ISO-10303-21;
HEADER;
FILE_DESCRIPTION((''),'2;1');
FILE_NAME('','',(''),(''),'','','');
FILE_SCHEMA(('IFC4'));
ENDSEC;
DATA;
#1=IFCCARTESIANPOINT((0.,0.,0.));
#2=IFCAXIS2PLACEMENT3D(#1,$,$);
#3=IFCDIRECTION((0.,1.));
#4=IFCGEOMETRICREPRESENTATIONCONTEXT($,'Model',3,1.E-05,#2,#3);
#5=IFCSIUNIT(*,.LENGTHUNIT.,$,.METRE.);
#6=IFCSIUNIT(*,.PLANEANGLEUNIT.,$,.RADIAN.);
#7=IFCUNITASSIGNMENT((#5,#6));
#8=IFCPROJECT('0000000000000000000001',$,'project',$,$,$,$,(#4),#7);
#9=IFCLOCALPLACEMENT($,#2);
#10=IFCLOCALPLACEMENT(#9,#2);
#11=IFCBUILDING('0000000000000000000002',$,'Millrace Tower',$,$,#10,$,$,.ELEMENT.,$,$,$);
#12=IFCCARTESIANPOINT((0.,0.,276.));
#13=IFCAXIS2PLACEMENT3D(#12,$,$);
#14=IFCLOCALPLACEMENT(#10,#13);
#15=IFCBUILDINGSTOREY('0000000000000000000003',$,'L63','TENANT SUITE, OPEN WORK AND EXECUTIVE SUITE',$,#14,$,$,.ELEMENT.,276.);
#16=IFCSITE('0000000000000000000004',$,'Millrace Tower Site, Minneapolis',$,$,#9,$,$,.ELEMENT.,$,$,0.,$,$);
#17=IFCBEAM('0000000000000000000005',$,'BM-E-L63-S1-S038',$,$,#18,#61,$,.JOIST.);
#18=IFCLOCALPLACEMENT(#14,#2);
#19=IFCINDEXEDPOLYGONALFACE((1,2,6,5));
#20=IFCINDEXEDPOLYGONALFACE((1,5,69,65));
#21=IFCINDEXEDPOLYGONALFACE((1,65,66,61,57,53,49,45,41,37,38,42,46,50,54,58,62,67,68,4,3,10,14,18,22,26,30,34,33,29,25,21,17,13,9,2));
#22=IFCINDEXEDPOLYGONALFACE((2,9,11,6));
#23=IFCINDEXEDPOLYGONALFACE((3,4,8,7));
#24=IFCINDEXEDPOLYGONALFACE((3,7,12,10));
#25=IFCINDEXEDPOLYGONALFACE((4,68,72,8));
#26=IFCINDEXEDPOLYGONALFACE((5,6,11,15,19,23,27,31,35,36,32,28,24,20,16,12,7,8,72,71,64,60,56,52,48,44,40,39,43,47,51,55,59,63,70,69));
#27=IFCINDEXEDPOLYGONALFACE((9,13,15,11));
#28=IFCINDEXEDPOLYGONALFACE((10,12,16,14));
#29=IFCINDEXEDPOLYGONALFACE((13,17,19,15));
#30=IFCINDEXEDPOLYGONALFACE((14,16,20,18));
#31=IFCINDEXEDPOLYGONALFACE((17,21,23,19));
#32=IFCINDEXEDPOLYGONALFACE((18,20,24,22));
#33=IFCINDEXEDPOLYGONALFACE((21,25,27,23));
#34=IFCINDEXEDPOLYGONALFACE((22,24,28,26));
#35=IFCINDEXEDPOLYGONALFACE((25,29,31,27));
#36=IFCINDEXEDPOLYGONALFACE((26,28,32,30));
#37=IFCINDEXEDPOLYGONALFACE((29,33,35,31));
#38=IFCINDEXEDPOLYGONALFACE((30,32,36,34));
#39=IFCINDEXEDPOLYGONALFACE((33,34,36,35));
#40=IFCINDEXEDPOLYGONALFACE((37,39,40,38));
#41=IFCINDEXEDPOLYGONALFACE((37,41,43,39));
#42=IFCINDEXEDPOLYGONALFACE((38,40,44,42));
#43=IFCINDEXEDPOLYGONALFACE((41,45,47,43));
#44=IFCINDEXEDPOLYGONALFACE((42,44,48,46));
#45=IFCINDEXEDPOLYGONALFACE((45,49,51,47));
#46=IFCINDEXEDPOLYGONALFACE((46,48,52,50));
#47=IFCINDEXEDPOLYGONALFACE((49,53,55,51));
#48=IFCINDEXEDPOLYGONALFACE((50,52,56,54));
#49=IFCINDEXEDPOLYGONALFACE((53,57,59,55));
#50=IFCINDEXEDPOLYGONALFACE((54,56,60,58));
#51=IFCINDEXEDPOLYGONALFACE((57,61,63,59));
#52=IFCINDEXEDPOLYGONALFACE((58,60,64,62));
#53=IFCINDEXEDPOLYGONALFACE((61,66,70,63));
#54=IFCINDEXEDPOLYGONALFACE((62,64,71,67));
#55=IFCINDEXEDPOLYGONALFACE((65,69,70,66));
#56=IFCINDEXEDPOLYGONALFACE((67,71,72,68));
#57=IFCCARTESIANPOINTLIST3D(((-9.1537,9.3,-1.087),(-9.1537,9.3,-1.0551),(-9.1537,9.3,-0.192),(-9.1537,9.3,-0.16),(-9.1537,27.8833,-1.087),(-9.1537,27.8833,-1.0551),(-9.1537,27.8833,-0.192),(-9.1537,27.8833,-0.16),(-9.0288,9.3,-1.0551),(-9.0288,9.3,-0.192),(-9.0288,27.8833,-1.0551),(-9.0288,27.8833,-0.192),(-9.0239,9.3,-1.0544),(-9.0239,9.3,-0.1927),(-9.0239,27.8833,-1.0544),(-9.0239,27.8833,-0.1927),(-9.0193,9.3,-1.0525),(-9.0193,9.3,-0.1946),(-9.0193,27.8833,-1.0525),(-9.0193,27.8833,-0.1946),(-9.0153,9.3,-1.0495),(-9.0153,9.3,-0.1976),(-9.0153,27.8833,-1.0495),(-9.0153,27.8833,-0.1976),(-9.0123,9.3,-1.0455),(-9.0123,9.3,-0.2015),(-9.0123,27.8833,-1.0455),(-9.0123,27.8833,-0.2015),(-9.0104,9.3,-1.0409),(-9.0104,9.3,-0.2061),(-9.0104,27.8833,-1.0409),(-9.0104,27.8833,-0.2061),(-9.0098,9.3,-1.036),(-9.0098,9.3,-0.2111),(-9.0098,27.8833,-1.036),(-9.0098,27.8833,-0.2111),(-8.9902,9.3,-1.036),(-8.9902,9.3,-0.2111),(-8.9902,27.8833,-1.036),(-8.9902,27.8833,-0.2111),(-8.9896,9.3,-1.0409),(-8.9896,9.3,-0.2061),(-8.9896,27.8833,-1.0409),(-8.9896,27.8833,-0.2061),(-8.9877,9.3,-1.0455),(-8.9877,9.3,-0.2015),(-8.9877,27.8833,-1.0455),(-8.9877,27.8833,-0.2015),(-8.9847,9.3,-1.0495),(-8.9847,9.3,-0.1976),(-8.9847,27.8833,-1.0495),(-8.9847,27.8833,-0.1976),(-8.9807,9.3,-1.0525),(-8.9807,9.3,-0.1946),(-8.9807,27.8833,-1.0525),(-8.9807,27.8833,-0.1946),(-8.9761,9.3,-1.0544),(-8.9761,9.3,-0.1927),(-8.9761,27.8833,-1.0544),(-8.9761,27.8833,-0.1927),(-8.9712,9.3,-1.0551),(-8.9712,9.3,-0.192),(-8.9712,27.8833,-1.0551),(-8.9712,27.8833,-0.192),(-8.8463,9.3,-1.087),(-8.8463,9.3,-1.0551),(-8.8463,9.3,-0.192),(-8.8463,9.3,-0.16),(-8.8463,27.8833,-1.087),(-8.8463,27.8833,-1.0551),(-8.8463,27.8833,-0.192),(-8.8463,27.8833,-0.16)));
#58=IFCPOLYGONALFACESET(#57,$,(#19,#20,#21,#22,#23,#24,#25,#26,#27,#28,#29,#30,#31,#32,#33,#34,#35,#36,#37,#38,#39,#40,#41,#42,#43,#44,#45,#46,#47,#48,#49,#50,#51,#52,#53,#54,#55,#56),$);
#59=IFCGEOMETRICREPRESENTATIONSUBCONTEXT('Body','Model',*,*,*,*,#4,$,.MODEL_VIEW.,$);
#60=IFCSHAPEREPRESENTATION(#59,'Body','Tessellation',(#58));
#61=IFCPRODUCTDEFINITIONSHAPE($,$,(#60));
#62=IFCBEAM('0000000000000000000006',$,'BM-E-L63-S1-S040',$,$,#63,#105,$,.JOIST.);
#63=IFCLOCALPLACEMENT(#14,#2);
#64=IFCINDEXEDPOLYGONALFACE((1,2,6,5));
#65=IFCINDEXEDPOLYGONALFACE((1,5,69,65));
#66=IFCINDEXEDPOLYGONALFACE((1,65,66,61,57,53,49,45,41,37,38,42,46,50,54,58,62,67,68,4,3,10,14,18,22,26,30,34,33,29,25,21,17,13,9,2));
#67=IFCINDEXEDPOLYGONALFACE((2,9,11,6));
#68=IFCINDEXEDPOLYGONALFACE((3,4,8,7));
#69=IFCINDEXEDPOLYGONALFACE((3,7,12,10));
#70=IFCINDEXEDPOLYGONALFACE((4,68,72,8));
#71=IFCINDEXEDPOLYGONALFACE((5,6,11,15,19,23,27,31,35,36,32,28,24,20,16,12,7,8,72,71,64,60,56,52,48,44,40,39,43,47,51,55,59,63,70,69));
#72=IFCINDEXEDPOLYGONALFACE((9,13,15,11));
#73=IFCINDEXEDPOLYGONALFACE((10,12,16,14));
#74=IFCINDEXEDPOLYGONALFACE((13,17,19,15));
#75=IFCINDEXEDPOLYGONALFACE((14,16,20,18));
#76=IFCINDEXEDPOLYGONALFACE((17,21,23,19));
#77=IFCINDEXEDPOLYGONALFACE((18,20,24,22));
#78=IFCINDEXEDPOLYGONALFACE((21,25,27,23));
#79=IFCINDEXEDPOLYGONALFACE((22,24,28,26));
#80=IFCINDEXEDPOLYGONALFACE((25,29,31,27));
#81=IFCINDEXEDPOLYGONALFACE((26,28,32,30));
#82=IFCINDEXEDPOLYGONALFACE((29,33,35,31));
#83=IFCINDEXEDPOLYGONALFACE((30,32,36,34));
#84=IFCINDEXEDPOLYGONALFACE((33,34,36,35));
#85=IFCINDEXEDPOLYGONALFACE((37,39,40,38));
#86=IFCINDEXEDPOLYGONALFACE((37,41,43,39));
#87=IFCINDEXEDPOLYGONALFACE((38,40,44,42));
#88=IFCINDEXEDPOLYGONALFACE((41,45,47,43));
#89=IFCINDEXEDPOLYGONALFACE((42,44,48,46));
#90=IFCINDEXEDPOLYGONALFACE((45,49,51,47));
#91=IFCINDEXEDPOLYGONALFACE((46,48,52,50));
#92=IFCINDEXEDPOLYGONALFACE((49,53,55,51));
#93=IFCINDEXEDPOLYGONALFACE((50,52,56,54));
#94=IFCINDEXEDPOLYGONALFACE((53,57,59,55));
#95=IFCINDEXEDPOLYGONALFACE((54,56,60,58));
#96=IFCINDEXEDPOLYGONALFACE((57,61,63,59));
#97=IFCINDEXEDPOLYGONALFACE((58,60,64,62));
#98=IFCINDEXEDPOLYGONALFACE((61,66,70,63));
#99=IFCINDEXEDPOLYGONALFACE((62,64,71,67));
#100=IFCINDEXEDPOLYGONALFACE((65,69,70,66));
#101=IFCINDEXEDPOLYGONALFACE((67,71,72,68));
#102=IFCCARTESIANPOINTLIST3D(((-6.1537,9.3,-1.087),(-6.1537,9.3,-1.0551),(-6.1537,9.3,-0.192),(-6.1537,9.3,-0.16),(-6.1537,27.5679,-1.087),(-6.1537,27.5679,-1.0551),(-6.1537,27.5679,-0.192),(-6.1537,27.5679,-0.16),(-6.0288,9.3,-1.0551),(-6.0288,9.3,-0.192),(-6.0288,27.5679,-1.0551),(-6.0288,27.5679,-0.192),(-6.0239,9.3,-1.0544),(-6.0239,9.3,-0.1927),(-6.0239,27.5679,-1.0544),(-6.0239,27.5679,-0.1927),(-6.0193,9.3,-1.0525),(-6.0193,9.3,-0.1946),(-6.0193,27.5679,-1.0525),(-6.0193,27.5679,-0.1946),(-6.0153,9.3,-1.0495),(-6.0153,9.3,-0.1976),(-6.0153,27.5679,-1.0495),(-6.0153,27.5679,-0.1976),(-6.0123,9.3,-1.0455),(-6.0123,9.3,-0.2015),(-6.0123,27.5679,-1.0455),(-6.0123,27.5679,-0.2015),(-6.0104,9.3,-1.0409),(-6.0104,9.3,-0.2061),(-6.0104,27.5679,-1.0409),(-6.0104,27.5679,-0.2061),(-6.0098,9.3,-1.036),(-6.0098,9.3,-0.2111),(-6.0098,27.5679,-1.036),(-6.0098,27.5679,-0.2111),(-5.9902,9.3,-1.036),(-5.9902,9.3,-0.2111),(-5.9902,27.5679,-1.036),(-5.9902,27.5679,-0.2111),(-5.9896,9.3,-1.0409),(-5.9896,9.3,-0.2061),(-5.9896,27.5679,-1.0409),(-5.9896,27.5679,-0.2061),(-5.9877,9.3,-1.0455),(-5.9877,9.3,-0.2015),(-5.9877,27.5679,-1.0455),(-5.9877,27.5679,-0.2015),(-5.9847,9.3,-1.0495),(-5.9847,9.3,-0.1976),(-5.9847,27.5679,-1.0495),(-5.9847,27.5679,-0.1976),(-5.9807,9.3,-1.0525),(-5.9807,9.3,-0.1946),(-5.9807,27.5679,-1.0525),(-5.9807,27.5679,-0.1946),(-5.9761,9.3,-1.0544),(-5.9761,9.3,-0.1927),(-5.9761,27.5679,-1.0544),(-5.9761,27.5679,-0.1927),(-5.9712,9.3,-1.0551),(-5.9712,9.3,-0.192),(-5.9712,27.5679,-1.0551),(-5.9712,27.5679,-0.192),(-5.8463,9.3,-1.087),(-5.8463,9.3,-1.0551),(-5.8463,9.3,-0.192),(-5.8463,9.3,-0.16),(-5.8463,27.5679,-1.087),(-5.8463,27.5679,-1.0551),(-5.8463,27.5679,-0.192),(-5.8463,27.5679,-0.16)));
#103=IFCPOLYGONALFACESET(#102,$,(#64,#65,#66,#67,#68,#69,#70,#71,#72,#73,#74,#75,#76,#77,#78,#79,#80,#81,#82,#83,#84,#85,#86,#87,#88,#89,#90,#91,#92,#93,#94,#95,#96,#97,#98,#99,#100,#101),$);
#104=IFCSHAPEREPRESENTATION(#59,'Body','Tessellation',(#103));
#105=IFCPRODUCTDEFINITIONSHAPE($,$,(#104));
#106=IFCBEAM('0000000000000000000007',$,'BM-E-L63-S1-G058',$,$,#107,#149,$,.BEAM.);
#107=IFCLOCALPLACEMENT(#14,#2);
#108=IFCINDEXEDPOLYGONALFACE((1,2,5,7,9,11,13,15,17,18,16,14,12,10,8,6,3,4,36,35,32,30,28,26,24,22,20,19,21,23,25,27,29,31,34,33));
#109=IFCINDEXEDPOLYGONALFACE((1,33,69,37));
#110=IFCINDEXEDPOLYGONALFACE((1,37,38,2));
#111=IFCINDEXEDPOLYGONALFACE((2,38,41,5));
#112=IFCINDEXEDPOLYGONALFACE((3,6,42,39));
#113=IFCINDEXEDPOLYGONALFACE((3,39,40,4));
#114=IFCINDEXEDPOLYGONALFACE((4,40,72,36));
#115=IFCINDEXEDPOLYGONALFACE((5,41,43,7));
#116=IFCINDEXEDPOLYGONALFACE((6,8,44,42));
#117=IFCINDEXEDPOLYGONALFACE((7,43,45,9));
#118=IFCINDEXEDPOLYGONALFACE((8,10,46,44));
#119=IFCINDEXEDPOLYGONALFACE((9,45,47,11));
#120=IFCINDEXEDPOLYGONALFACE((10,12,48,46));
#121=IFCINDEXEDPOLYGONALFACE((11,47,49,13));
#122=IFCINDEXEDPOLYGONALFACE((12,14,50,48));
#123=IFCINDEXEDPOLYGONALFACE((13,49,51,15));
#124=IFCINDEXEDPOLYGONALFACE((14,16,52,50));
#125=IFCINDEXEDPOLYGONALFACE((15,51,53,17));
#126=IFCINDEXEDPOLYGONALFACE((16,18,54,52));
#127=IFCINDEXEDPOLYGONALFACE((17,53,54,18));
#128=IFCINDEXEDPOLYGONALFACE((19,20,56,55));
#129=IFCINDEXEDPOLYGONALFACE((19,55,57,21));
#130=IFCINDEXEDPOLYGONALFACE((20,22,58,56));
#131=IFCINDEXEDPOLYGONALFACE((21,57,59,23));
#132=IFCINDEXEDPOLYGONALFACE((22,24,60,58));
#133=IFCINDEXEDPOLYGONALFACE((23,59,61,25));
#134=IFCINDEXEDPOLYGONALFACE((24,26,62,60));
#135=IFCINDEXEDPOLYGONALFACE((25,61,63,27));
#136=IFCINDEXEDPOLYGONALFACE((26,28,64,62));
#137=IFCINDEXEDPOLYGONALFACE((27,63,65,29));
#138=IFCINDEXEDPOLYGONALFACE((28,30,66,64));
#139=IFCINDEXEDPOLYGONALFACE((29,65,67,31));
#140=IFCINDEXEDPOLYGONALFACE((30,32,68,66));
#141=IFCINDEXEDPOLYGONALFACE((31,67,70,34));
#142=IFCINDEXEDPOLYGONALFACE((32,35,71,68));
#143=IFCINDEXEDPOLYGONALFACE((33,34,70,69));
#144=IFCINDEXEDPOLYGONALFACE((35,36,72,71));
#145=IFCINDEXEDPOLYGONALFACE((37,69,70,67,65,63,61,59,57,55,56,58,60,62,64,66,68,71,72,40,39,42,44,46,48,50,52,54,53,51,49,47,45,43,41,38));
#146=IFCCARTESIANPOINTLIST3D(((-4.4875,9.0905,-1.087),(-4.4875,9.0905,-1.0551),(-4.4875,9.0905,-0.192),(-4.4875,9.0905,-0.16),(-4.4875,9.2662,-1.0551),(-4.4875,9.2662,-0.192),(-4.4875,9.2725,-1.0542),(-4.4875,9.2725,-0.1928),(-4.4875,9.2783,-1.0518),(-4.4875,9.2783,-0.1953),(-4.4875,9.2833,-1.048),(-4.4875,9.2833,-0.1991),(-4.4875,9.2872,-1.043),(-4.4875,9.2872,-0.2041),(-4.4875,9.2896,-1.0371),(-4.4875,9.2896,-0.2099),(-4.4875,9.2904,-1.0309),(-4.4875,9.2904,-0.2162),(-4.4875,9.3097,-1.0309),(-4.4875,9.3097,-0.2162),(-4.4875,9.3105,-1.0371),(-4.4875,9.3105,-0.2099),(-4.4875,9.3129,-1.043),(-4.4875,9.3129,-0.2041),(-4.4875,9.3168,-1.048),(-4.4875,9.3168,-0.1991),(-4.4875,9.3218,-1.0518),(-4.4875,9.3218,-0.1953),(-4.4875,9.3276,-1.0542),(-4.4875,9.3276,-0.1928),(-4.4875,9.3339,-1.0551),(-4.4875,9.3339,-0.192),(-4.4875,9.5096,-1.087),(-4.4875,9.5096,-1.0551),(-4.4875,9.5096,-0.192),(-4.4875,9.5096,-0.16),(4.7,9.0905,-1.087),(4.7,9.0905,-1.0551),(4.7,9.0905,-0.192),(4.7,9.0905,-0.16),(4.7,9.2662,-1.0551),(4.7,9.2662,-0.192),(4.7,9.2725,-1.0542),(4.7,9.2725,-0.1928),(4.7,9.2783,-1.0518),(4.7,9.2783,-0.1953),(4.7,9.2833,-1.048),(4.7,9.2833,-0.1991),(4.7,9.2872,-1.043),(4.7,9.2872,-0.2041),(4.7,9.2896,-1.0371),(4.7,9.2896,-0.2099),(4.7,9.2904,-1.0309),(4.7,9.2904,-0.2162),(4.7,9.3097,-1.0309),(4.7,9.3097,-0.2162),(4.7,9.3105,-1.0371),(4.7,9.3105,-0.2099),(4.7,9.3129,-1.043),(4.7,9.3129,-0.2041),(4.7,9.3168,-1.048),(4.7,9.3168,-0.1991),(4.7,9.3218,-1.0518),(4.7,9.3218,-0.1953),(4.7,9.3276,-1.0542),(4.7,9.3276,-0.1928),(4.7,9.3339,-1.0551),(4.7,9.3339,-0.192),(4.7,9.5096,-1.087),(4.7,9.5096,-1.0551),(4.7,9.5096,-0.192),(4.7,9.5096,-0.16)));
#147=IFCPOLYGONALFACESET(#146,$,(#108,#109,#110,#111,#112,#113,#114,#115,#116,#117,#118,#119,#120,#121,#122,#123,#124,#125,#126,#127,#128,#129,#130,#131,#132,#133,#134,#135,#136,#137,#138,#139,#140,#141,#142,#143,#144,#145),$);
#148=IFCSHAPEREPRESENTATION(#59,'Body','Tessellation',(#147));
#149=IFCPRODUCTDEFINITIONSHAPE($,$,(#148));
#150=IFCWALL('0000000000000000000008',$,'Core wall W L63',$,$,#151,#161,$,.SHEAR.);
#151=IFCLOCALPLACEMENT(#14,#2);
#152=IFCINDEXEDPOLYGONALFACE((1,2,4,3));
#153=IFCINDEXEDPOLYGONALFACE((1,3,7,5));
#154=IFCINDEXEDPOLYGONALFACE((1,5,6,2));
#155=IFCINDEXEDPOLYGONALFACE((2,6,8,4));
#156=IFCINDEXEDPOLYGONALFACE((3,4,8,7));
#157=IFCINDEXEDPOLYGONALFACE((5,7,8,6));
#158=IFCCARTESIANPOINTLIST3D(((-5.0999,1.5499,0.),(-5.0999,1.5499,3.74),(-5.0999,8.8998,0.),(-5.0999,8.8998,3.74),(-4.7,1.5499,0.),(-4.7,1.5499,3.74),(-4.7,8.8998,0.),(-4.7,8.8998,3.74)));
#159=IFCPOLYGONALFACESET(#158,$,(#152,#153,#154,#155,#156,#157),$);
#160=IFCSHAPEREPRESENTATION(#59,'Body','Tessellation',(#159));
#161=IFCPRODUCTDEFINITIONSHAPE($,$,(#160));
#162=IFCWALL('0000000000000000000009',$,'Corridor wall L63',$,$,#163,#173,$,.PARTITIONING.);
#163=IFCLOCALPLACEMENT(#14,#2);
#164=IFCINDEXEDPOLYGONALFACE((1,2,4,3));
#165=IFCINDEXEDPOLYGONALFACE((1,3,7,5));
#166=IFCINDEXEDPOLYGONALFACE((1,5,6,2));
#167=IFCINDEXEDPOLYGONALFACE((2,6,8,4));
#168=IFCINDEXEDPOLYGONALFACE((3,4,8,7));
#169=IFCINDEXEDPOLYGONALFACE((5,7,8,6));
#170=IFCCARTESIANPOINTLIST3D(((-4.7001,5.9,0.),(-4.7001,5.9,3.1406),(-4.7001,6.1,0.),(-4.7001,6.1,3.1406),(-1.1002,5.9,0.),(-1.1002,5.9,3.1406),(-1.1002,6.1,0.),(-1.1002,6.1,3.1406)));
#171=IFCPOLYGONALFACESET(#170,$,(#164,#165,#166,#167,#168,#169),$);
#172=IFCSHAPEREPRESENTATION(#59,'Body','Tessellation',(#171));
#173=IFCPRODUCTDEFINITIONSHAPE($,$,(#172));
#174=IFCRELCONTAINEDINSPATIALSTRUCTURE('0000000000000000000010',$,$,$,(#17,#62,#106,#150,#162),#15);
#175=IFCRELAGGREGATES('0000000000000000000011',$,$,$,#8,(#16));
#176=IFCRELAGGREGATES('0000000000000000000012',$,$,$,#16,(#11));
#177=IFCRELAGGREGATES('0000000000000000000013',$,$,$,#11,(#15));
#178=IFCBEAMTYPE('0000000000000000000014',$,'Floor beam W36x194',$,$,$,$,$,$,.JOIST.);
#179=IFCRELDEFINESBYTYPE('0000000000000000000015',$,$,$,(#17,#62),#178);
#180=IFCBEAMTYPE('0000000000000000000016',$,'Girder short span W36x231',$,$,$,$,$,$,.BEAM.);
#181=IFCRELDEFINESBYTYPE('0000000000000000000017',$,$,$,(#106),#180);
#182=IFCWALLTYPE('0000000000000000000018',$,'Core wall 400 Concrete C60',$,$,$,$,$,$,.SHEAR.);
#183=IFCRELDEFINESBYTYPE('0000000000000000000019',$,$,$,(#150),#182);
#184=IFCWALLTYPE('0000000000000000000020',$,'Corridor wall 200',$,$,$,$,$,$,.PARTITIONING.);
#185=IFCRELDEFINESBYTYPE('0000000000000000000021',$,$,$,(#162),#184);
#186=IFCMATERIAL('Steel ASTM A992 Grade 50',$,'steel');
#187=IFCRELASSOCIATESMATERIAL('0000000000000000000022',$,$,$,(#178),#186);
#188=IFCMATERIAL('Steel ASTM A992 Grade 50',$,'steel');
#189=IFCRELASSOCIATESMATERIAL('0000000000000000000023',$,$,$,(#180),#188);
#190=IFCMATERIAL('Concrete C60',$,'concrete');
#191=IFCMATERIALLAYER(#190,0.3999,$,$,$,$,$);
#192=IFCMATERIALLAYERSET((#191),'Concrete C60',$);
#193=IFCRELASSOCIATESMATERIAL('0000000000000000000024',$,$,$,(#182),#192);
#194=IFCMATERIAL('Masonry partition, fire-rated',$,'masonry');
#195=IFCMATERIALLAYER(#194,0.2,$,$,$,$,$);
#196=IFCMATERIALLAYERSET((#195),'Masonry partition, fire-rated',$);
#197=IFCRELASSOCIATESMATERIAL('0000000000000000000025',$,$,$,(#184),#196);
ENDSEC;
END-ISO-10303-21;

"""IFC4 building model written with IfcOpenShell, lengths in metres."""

from ifc_helpers import new_model, si_unit, direction, frame, frame_2d, origin, origin_2d, place, context, subcontext, project, spatial, rectangle, i_section, extrude, material, layer, layer_set, material_profile, profile_set, type_object, element, save


model = new_model("IFC4")

# Units and contexts
model_context = context("Model", 3, precision=1e-05, world=origin(), true_north=direction((0.0, 1.0)))
body_context = subcontext(model_context, "Body", "Model", "MODEL_VIEW")
ifc_project = project(units=[si_unit("LENGTHUNIT", "METRE"), si_unit("PLANEANGLEUNIT", "RADIAN")], contexts=[model_context])

# Site, building, storey
site_placement = place(None, origin())
site = spatial("IfcSite", under=ifc_project, at=site_placement, Name="Millrace Tower Site, Minneapolis", CompositionType="ELEMENT", RefElevation=0.0)
building_placement = place(site_placement, origin())
building = spatial("IfcBuilding", under=site, at=building_placement, Name="Millrace Tower", CompositionType="ELEMENT")
storey_placement = place(building_placement, frame((0.0, 0.0, 276.0)))
storey = spatial("IfcBuildingStorey", under=building, at=storey_placement, Name="L63", Description="TENANT SUITE, OPEN WORK AND EXECUTIVE SUITE", CompositionType="ELEMENT", Elevation=276.0)

# Beams
ifc_material_1 = material(Name="Steel ASTM A992 Grade 50", Category="steel")
ifc_material_profile_1 = material_profile(ifc_material_1, i_section(OverallWidth=0.3074, OverallDepth=0.927, WebThickness=0.0195, FlangeThickness=0.032, FilletRadius=0.019, at=origin_2d()))
ifc_profile_set_1 = profile_set([ifc_material_profile_1], Name="Steel ASTM A992 Grade 50")
beam_type_1 = type_object("IfcBeamType", Name="Floor beam W36x194", PredefinedType="JOIST", material=ifc_profile_set_1)
beam_1_placement = place(storey_placement, frame((-9.0, 9.3, -0.6235), z_axis=(0.0, 1.0, 0.0), x_axis=(-1.0, 0.0, 0.0)))
element("IfcBeam", 1, at=beam_1_placement, inside=storey, type_object=beam_type_1, Name="BM-E-L63-S1-S038", PredefinedType="JOIST", context=body_context, shape_type="SweptSolid", body=[
    extrude(i_section(OverallWidth=0.3074, OverallDepth=0.927, WebThickness=0.0195, FlangeThickness=0.032, FilletRadius=0.019, at=origin_2d()), origin(), (0.0, 0.0, 1.0), 18.5833),
])
beam_2_placement = place(storey_placement, frame((-6.0, 9.3, -0.6235), z_axis=(0.0, 1.0, 0.0), x_axis=(-1.0, 0.0, 0.0)))
element("IfcBeam", 2, at=beam_2_placement, inside=storey, type_object=beam_type_1, Name="BM-E-L63-S1-S040", PredefinedType="JOIST", context=body_context, shape_type="SweptSolid", body=[
    extrude(i_section(OverallWidth=0.3074, OverallDepth=0.927, WebThickness=0.0195, FlangeThickness=0.032, FilletRadius=0.019, at=origin_2d()), origin(), (0.0, 0.0, 1.0), 18.2678),
])
ifc_material_2 = material(Name="Steel ASTM A992 Grade 50", Category="steel")
ifc_material_profile_2 = material_profile(ifc_material_2, i_section(OverallWidth=0.4192, OverallDepth=0.927, WebThickness=0.0193, FlangeThickness=0.032, FilletRadius=0.0242, at=origin_2d()))
ifc_profile_set_2 = profile_set([ifc_material_profile_2], Name="Steel ASTM A992 Grade 50")
beam_type_2 = type_object("IfcBeamType", Name="Girder short span W36x231", PredefinedType="BEAM", material=ifc_profile_set_2)
beam_3_placement = place(storey_placement, frame((-4.4875, 9.3, -0.6235), z_axis=(1.0, 0.0, 0.0), x_axis=(0.0, 1.0, 0.0)))
element("IfcBeam", 3, at=beam_3_placement, inside=storey, type_object=beam_type_2, Name="BM-E-L63-S1-G058", PredefinedType="BEAM", context=body_context, shape_type="SweptSolid", body=[
    extrude(i_section(OverallWidth=0.4192, OverallDepth=0.927, WebThickness=0.0193, FlangeThickness=0.032, FilletRadius=0.0242, at=origin_2d()), origin(), (0.0, 0.0, 1.0), 9.1875),
])

# Walls
ifc_material_3 = material(Name="Concrete C60", Category="concrete")
ifc_layer_1 = layer(ifc_material_3, 0.3999)
ifc_layer_set_1 = layer_set([ifc_layer_1], Name="Concrete C60")
wall_type_1 = type_object("IfcWallType", Name="Core wall 400 Concrete C60", PredefinedType="SHEAR", material=ifc_layer_set_1)
wall_1_placement = place(storey_placement, frame((-4.8999, 1.55, 0.0), z_axis=(0.0, 0.0, 1.0), x_axis=(0.0, 1.0, 0.0)))
element("IfcWall", 4, at=wall_1_placement, inside=storey, type_object=wall_type_1, Name="Core wall W L63", PredefinedType="SHEAR", context=body_context, shape_type="SweptSolid", body=[
    extrude(rectangle(XDim=7.3499, YDim=0.3999, at=frame_2d((3.6748, 0.0))), origin(), (0.0, 0.0, 1.0), 3.74),
])
ifc_material_4 = material(Name="Masonry partition, fire-rated", Category="masonry")
ifc_layer_2 = layer(ifc_material_4, 0.2)
ifc_layer_set_2 = layer_set([ifc_layer_2], Name="Masonry partition, fire-rated")
wall_type_2 = type_object("IfcWallType", Name="Corridor wall 200", PredefinedType="PARTITIONING", material=ifc_layer_set_2)
wall_2_placement = place(storey_placement, frame((-4.7, 6.0, 0.0), z_axis=(0.0, 0.0, 1.0), x_axis=(1.0, 0.0, 0.0)))
element("IfcWall", 5, at=wall_2_placement, inside=storey, type_object=wall_type_2, Name="Corridor wall L63", PredefinedType="PARTITIONING", context=body_context, shape_type="SweptSolid", body=[
    extrude(rectangle(XDim=3.5999, YDim=0.2, at=frame_2d((1.7998, 0.0))), origin(), (0.0, 0.0, 1.0), 3.1406),
])

save(model, "model.ifc")
